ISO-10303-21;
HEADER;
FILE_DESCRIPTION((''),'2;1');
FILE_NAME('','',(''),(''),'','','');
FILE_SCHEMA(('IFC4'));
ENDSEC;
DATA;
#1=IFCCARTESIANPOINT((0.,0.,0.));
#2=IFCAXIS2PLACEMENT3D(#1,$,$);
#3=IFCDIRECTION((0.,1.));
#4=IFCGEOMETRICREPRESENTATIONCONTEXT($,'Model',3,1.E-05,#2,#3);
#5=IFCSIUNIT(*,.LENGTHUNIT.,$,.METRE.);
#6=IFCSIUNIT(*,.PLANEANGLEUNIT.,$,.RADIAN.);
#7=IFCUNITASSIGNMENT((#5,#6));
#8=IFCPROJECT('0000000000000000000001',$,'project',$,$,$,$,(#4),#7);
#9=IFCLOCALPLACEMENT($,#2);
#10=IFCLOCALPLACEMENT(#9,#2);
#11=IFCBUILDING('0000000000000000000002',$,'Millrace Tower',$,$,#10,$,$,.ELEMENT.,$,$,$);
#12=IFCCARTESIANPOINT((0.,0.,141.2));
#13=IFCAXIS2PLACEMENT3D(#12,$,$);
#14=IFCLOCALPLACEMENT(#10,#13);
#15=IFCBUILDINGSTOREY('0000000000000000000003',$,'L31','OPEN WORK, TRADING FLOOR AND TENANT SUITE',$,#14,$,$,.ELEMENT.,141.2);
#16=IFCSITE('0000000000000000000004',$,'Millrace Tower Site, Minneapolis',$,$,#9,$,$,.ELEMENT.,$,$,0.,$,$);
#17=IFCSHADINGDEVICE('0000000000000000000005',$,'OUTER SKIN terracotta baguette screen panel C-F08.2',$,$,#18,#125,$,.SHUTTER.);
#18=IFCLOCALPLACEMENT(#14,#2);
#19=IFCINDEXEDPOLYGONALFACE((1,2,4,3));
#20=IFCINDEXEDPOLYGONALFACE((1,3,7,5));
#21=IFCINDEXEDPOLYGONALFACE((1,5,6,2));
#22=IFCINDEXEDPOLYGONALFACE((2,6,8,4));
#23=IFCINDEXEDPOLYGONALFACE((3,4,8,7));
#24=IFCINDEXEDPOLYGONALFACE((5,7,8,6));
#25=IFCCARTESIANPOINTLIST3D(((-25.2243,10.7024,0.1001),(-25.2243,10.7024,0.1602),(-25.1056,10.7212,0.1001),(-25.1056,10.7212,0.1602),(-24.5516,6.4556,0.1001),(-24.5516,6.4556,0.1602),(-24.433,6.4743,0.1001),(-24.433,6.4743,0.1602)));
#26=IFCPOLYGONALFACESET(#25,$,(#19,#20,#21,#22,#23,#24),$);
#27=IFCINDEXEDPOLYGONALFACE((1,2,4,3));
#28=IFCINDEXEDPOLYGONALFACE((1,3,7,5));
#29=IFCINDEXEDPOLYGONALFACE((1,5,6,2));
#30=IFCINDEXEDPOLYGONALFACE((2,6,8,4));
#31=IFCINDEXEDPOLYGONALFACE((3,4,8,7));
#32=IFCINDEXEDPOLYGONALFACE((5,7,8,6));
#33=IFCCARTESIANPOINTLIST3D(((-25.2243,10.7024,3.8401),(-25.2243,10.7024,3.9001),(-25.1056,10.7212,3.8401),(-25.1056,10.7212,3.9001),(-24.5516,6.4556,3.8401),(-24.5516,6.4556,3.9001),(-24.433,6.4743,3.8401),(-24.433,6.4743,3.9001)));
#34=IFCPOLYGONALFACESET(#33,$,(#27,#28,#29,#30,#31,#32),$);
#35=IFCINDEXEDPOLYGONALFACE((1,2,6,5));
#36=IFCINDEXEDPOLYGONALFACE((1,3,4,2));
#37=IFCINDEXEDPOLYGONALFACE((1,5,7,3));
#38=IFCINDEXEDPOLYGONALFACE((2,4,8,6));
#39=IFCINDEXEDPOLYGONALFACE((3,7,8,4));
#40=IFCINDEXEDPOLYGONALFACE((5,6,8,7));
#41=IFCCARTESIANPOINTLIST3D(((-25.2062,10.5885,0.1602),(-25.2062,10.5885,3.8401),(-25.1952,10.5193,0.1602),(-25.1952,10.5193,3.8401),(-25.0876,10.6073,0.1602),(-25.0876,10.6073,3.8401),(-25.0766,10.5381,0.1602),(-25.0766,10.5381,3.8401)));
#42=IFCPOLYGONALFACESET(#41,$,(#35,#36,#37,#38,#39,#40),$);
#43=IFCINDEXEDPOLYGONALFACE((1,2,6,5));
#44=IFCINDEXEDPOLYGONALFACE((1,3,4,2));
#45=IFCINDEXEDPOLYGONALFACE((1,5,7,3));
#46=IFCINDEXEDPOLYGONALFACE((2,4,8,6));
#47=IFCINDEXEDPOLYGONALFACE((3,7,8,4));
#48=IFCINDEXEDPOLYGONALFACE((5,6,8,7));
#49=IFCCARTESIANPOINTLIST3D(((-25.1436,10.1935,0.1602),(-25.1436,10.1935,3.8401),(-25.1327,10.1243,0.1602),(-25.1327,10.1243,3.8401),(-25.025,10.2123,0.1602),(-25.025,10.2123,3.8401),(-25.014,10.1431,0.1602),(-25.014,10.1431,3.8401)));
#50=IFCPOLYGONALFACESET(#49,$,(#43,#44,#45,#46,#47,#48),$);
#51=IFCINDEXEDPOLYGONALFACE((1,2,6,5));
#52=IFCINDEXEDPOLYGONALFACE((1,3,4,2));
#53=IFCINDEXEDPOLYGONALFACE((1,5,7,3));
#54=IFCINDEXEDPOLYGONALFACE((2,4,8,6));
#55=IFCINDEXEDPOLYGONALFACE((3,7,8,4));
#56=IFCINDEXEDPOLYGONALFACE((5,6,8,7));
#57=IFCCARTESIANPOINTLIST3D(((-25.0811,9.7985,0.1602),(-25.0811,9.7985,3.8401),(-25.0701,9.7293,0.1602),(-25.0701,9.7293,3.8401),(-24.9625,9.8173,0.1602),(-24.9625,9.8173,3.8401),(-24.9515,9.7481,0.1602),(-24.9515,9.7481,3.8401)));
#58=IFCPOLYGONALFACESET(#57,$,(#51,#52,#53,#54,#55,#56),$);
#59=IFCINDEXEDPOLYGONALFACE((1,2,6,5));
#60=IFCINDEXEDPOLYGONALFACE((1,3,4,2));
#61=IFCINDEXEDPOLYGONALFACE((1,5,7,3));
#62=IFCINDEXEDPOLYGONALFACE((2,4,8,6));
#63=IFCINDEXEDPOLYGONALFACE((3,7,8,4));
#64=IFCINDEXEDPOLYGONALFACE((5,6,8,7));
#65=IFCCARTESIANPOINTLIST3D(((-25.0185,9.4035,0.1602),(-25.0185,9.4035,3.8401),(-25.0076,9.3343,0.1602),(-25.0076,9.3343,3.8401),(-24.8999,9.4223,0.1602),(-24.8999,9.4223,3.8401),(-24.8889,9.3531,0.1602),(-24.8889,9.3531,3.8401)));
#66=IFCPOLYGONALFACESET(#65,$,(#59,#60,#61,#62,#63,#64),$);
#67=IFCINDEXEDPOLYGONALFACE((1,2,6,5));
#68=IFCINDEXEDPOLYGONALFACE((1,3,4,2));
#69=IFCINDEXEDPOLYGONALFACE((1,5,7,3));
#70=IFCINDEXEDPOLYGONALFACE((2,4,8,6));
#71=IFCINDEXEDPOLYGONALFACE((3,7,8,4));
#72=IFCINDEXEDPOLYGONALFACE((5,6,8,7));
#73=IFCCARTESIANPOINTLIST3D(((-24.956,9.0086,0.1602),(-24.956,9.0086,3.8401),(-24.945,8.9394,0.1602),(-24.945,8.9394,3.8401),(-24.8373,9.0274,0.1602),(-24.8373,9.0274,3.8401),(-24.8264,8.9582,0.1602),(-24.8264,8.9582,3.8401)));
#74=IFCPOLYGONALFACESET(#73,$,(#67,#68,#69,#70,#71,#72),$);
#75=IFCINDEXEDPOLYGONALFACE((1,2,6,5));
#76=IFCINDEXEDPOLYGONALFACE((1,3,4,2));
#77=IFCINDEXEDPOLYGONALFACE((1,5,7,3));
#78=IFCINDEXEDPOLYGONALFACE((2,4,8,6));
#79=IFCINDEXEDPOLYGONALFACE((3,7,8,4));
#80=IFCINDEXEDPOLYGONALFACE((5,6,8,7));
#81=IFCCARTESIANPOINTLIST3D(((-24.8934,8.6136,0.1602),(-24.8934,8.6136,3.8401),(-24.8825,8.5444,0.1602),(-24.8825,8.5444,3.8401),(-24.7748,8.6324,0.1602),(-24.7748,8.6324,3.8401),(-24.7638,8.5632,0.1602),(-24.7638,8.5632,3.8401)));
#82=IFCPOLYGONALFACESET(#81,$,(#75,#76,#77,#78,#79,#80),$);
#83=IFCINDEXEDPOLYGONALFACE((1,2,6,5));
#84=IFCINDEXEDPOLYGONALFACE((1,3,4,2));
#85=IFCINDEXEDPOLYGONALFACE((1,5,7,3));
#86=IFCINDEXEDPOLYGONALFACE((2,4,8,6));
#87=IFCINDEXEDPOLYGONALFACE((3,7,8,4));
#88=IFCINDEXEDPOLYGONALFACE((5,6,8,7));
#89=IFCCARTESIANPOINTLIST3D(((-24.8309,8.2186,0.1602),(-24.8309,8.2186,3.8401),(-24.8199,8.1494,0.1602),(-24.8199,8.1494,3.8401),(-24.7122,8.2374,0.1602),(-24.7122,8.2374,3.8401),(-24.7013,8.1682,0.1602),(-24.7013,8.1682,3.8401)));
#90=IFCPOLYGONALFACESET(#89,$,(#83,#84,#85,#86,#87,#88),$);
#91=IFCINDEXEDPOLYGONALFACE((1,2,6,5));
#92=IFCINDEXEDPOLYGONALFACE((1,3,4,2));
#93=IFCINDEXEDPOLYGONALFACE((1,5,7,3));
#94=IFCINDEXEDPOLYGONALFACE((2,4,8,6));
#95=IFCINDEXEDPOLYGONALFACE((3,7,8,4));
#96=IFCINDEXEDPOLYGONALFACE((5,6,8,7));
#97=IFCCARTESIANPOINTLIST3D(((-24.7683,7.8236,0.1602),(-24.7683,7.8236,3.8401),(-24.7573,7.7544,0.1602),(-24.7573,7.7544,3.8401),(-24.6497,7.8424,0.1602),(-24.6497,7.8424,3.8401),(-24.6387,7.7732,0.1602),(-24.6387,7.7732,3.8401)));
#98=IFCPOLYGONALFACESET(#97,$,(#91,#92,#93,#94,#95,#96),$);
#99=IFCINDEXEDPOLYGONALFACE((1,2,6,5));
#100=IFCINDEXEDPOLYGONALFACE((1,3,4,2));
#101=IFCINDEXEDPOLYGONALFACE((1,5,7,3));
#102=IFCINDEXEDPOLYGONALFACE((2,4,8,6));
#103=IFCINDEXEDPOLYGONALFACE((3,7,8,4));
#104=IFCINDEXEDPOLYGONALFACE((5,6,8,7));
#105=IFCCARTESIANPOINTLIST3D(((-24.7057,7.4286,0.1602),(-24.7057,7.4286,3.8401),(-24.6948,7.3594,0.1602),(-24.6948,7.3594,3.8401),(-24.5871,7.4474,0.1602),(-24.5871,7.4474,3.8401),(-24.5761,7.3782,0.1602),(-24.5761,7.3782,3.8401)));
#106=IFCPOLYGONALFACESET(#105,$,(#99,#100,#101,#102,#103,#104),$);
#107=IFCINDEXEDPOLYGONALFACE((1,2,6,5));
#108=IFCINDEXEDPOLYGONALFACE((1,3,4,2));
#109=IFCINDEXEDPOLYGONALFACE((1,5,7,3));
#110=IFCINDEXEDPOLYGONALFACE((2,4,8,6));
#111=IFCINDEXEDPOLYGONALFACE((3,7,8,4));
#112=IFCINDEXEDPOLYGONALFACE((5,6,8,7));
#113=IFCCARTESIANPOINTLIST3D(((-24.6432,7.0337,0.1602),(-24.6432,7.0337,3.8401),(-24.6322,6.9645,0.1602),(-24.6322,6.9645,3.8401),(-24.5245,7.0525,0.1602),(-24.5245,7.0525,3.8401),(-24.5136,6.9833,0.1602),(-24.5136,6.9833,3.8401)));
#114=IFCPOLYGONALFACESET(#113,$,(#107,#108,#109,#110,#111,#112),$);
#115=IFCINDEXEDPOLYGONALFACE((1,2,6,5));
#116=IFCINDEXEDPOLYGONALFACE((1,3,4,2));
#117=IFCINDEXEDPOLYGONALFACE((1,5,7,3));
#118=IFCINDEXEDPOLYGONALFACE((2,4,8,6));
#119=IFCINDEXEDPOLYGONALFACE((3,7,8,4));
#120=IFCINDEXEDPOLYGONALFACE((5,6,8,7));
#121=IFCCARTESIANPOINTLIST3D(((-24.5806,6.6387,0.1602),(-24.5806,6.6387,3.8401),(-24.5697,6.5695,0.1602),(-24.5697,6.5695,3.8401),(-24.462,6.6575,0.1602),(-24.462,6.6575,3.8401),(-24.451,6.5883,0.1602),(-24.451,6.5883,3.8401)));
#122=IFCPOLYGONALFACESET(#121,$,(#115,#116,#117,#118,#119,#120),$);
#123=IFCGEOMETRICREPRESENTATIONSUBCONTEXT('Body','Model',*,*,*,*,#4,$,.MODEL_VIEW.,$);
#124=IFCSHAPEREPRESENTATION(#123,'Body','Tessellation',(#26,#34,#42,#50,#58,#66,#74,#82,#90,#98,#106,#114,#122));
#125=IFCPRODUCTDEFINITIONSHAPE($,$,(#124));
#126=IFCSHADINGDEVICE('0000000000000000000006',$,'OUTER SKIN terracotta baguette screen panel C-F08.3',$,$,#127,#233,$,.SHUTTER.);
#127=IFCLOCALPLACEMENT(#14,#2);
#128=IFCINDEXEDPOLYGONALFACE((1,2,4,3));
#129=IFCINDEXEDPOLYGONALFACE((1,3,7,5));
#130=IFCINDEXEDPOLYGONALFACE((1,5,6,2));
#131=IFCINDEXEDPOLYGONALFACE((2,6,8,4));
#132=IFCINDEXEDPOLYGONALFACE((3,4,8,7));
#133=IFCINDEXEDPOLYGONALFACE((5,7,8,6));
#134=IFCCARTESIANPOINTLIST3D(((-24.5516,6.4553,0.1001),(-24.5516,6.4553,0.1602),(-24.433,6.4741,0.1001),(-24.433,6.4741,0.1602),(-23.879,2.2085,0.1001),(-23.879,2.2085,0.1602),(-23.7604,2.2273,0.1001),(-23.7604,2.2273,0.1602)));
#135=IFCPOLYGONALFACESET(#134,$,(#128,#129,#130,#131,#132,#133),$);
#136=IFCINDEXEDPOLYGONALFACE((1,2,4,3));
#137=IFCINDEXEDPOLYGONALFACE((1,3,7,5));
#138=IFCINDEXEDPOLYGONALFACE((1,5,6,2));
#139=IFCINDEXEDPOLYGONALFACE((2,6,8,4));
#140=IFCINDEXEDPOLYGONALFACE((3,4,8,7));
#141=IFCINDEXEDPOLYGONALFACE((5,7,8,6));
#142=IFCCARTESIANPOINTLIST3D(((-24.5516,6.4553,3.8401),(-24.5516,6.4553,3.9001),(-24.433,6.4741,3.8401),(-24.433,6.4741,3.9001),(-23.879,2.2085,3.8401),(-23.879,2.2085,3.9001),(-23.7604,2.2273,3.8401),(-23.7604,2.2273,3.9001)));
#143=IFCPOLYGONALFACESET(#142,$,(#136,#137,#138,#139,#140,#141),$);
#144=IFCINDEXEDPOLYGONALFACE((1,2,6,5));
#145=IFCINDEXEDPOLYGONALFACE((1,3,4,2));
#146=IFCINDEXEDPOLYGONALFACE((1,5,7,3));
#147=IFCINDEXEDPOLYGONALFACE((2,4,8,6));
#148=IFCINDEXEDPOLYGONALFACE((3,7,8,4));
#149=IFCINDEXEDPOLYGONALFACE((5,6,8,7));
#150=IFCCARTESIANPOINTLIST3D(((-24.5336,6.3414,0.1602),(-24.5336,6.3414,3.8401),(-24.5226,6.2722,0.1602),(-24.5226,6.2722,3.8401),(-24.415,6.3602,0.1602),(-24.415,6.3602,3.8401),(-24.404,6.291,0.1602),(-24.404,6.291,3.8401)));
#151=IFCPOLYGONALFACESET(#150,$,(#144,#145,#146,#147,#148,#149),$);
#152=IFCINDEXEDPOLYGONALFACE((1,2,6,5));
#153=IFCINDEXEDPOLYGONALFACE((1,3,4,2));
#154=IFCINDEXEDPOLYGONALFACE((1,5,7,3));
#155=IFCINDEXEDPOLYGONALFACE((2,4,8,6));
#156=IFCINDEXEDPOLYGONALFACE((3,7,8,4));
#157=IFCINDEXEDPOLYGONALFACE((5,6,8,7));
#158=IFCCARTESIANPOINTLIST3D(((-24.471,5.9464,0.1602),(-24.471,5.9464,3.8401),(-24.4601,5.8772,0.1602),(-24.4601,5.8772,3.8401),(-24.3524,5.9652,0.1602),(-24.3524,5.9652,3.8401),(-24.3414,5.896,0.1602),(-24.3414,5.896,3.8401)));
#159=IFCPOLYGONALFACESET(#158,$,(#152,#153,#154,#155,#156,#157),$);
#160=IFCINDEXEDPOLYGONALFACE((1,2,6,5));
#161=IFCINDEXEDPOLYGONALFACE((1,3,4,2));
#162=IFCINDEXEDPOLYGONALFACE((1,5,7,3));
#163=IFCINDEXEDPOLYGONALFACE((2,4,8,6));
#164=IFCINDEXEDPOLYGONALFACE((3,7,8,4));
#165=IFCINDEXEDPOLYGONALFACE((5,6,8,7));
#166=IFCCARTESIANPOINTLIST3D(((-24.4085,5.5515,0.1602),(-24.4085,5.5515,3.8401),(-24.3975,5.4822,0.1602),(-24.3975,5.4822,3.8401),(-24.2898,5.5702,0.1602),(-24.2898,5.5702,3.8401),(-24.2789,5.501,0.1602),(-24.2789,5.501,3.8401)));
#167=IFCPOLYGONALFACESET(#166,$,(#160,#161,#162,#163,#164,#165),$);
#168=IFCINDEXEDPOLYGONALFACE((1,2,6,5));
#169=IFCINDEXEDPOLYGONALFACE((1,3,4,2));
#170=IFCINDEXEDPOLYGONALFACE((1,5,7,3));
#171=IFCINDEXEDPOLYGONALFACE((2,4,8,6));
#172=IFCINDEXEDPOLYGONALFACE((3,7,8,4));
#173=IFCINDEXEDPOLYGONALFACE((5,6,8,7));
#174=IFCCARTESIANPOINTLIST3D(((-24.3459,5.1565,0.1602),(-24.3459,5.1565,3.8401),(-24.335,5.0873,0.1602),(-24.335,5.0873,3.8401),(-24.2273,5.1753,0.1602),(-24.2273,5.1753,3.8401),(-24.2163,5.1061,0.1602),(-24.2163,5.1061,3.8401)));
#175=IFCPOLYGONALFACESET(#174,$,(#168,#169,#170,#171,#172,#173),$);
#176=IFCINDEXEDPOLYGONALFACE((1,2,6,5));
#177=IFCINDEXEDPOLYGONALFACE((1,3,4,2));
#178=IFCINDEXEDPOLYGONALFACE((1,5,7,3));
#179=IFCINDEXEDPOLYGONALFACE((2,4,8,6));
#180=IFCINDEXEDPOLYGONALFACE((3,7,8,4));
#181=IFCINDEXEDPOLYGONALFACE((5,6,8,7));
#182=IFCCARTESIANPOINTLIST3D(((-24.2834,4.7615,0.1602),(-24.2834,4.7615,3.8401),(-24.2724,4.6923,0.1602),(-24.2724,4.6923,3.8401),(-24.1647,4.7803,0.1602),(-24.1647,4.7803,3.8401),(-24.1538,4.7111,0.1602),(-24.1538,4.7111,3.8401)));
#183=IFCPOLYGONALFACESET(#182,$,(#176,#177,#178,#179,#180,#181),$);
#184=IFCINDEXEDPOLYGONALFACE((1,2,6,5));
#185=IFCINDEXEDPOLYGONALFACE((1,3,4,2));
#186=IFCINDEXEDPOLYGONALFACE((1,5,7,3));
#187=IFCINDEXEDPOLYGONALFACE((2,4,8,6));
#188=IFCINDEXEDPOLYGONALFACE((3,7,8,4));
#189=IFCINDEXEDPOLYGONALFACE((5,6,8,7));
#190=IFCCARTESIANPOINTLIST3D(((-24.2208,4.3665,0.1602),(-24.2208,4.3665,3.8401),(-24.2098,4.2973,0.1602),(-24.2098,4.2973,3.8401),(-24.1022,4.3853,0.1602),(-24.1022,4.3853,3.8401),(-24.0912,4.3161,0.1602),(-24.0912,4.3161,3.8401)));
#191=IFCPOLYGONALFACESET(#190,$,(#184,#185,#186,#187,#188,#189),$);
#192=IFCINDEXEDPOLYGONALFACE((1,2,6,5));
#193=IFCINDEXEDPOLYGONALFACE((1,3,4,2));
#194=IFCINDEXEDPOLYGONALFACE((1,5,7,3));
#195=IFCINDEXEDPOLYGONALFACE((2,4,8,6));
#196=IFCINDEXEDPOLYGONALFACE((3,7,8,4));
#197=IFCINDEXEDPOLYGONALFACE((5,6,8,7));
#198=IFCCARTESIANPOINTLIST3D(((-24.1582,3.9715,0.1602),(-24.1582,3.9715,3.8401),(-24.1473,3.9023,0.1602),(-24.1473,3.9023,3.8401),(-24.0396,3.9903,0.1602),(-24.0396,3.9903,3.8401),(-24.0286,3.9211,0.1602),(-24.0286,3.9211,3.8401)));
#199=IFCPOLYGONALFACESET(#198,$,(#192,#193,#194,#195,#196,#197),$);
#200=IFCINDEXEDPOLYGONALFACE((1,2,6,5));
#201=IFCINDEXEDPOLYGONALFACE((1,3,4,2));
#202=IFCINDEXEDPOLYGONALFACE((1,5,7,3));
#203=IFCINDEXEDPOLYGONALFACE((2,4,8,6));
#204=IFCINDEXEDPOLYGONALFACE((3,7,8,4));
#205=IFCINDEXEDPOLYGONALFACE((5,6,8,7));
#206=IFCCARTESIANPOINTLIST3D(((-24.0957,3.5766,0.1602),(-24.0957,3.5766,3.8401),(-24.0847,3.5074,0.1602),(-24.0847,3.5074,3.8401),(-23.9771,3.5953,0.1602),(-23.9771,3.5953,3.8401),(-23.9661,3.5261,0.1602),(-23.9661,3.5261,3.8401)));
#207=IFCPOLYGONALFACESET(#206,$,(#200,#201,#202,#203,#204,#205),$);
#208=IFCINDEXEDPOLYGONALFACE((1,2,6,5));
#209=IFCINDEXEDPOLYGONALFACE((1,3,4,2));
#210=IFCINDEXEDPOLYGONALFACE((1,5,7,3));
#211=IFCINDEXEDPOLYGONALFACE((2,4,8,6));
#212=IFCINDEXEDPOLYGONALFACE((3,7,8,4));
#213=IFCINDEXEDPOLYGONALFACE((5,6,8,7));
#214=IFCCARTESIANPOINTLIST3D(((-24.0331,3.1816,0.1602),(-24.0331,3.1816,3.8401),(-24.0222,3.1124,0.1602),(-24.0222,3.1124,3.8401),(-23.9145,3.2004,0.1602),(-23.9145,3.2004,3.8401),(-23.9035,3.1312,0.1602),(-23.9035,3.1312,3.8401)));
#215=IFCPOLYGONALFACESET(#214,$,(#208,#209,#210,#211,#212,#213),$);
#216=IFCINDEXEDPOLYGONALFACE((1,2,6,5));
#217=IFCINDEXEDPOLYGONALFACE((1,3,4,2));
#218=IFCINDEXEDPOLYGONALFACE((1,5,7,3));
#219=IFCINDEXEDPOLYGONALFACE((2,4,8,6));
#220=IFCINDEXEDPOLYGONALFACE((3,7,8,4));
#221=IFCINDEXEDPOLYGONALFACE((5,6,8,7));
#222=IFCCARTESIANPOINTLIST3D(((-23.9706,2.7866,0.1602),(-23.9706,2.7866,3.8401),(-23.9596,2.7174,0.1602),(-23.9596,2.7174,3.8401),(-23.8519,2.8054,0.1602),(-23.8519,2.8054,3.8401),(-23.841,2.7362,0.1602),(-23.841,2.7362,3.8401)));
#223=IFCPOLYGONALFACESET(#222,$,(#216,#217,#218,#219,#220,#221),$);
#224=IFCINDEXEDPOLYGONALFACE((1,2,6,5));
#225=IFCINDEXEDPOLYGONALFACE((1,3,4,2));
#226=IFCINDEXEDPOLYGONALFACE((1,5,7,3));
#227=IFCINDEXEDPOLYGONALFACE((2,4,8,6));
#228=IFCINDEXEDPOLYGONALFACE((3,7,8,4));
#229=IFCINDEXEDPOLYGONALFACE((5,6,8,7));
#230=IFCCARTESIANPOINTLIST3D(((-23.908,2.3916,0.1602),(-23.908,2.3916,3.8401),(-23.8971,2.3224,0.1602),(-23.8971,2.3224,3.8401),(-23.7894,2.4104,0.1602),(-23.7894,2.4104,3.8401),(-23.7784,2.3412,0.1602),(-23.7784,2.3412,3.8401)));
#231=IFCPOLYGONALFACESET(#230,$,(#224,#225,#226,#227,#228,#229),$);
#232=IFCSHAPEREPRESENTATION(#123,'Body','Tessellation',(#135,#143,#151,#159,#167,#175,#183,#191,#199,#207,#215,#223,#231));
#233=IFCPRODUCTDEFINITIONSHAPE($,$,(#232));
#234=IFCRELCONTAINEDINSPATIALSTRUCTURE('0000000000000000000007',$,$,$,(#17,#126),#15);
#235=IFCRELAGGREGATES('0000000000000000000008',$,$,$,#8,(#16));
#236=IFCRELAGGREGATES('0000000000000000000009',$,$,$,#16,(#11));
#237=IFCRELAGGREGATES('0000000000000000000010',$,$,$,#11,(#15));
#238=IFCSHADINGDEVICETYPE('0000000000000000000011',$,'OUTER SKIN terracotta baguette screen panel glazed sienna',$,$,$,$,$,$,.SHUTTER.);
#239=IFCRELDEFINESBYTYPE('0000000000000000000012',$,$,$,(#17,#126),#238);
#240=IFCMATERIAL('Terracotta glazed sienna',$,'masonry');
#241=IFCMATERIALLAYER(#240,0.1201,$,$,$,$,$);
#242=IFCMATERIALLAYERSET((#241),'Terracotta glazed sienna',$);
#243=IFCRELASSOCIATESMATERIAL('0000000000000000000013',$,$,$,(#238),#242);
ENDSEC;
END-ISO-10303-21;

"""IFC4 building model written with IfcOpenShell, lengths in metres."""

from ifc_helpers import new_model, entity, si_unit, direction, frame, frame_2d, origin, origin_2d, place, context, subcontext, project, spatial, rectangle, extrude, source, transform, mapped, material, layer, layer_set, type_object, element, save


model = new_model("IFC4")

# Units and contexts
model_context = context("Model", 3, precision=1e-05, world=origin(), true_north=direction((0.0, 1.0)))
body_context = subcontext(model_context, "Body", "Model", "MODEL_VIEW")
ifc_project = project(units=[si_unit("LENGTHUNIT", "METRE"), si_unit("PLANEANGLEUNIT", "RADIAN")], contexts=[model_context])

# Site, building, storey
site_placement = place(None, origin())
site = spatial("IfcSite", under=ifc_project, at=site_placement, Name="Millrace Tower Site, Minneapolis", CompositionType="ELEMENT", RefElevation=0.0)
building_placement = place(site_placement, origin())
building = spatial("IfcBuilding", under=site, at=building_placement, Name="Millrace Tower", CompositionType="ELEMENT")
storey_placement = place(building_placement, frame((0.0, 0.0, 141.2)))
storey = spatial("IfcBuildingStorey", under=building, at=storey_placement, Name="L31", Description="OPEN WORK, TRADING FLOOR AND TENANT SUITE", CompositionType="ELEMENT", Elevation=141.2)

# Shading devices
ifc_material_1 = material(Name="Terracotta glazed sienna", Category="masonry")
ifc_layer_1 = layer(ifc_material_1, 0.1201)
ifc_layer_set_1 = layer_set([ifc_layer_1], Name="Terracotta glazed sienna")
shading_device_type = type_object("IfcShadingDeviceType", Name="OUTER SKIN terracotta baguette screen panel glazed sienna", PredefinedType="SHUTTER", material=ifc_layer_set_1)
cartesian_point = entity("IfcCartesianPoint", [-2.1499, 0.0601])
shared_polyline = entity("IfcPolyline", [cartesian_point, entity("IfcCartesianPoint", [2.1499, 0.0601]), entity("IfcCartesianPoint", [2.1499, -0.0601]), entity("IfcCartesianPoint", [-2.1499, -0.0601]), cartesian_point])
shared_shape = source(origin(), body_context, "Body", "SweptSolid", [
    entity("IfcExtrudedAreaSolid", entity("IfcArbitraryClosedProfileDef", "AREA", None, shared_polyline), entity("IfcAxis2Placement3D", entity("IfcCartesianPoint", [0.0, 0.0, 0.0])), entity("IfcDirection", [0.0, 0.0, 1.0]), 0.0601),
    entity("IfcExtrudedAreaSolid", entity("IfcArbitraryClosedProfileDef", "AREA", None, shared_polyline), entity("IfcAxis2Placement3D", entity("IfcCartesianPoint", [0.0, 0.0, 3.74])), entity("IfcDirection", [0.0, 0.0, 1.0]), 0.0601),
    extrude(rectangle(XDim=0.0701, YDim=0.1201, at=frame_2d((-1.9995, 0.0))), frame((0.0, 0.0, 0.0601)), (0.0, 0.0, 1.0), 3.6799),
    extrude(rectangle(XDim=0.0701, YDim=0.1201, at=frame_2d((-1.5996, 0.0))), frame((0.0, 0.0, 0.0601)), (0.0, 0.0, 1.0), 3.6799),
    extrude(rectangle(XDim=0.0701, YDim=0.1201, at=frame_2d((-1.1997, 0.0))), frame((0.0, 0.0, 0.0601)), (0.0, 0.0, 1.0), 3.6799),
    extrude(rectangle(XDim=0.0701, YDim=0.1201, at=frame_2d((-0.7998, 0.0))), frame((0.0, 0.0, 0.0601)), (0.0, 0.0, 1.0), 3.6799),
    extrude(rectangle(XDim=0.0701, YDim=0.1201, at=frame_2d((-0.3999, 0.0))), frame((0.0, 0.0, 0.0601)), (0.0, 0.0, 1.0), 3.6799),
    extrude(rectangle(XDim=0.0701, YDim=0.1201, at=origin_2d()), frame((0.0, 0.0, 0.0601)), (0.0, 0.0, 1.0), 3.6799),
    extrude(rectangle(XDim=0.0701, YDim=0.1201, at=frame_2d((0.3999, 0.0))), frame((0.0, 0.0, 0.0601)), (0.0, 0.0, 1.0), 3.6799),
    extrude(rectangle(XDim=0.0701, YDim=0.1201, at=frame_2d((0.7998, 0.0))), frame((0.0, 0.0, 0.0601)), (0.0, 0.0, 1.0), 3.6799),
    extrude(rectangle(XDim=0.0701, YDim=0.1201, at=frame_2d((1.1997, 0.0))), frame((0.0, 0.0, 0.0601)), (0.0, 0.0, 1.0), 3.6799),
    extrude(rectangle(XDim=0.0701, YDim=0.1201, at=frame_2d((1.5996, 0.0))), frame((0.0, 0.0, 0.0601)), (0.0, 0.0, 1.0), 3.6799),
    extrude(rectangle(XDim=0.0701, YDim=0.1201, at=frame_2d((1.9995, 0.0))), frame((0.0, 0.0, 0.0601)), (0.0, 0.0, 1.0), 3.6799),
])
for number, where, z_axis, x_axis, name in (
    (1, (-24.8286, 8.5884, 0.1001), (0.0, 0.0, 1.0), (0.156434, -0.987688, 0.0), "OUTER SKIN terracotta baguette screen panel C-F08.2"),
    (2, (-24.156, 4.3413, 0.1001), (0.0, 0.0, 1.0), (0.156434, -0.987688, 0.0), "OUTER SKIN terracotta baguette screen panel C-F08.3"),
):
    element("IfcShadingDevice", number, at=place(storey_placement, frame(where, z_axis=z_axis, x_axis=x_axis)), inside=storey, type_object=shading_device_type, Name=name, PredefinedType="SHUTTER", context=body_context, shape_type="MappedRepresentation", body=[
        mapped(shared_shape, transform((0.0, 0.0, 0.0), scale=1.0)),
    ])

save(model, "model.ifc")
